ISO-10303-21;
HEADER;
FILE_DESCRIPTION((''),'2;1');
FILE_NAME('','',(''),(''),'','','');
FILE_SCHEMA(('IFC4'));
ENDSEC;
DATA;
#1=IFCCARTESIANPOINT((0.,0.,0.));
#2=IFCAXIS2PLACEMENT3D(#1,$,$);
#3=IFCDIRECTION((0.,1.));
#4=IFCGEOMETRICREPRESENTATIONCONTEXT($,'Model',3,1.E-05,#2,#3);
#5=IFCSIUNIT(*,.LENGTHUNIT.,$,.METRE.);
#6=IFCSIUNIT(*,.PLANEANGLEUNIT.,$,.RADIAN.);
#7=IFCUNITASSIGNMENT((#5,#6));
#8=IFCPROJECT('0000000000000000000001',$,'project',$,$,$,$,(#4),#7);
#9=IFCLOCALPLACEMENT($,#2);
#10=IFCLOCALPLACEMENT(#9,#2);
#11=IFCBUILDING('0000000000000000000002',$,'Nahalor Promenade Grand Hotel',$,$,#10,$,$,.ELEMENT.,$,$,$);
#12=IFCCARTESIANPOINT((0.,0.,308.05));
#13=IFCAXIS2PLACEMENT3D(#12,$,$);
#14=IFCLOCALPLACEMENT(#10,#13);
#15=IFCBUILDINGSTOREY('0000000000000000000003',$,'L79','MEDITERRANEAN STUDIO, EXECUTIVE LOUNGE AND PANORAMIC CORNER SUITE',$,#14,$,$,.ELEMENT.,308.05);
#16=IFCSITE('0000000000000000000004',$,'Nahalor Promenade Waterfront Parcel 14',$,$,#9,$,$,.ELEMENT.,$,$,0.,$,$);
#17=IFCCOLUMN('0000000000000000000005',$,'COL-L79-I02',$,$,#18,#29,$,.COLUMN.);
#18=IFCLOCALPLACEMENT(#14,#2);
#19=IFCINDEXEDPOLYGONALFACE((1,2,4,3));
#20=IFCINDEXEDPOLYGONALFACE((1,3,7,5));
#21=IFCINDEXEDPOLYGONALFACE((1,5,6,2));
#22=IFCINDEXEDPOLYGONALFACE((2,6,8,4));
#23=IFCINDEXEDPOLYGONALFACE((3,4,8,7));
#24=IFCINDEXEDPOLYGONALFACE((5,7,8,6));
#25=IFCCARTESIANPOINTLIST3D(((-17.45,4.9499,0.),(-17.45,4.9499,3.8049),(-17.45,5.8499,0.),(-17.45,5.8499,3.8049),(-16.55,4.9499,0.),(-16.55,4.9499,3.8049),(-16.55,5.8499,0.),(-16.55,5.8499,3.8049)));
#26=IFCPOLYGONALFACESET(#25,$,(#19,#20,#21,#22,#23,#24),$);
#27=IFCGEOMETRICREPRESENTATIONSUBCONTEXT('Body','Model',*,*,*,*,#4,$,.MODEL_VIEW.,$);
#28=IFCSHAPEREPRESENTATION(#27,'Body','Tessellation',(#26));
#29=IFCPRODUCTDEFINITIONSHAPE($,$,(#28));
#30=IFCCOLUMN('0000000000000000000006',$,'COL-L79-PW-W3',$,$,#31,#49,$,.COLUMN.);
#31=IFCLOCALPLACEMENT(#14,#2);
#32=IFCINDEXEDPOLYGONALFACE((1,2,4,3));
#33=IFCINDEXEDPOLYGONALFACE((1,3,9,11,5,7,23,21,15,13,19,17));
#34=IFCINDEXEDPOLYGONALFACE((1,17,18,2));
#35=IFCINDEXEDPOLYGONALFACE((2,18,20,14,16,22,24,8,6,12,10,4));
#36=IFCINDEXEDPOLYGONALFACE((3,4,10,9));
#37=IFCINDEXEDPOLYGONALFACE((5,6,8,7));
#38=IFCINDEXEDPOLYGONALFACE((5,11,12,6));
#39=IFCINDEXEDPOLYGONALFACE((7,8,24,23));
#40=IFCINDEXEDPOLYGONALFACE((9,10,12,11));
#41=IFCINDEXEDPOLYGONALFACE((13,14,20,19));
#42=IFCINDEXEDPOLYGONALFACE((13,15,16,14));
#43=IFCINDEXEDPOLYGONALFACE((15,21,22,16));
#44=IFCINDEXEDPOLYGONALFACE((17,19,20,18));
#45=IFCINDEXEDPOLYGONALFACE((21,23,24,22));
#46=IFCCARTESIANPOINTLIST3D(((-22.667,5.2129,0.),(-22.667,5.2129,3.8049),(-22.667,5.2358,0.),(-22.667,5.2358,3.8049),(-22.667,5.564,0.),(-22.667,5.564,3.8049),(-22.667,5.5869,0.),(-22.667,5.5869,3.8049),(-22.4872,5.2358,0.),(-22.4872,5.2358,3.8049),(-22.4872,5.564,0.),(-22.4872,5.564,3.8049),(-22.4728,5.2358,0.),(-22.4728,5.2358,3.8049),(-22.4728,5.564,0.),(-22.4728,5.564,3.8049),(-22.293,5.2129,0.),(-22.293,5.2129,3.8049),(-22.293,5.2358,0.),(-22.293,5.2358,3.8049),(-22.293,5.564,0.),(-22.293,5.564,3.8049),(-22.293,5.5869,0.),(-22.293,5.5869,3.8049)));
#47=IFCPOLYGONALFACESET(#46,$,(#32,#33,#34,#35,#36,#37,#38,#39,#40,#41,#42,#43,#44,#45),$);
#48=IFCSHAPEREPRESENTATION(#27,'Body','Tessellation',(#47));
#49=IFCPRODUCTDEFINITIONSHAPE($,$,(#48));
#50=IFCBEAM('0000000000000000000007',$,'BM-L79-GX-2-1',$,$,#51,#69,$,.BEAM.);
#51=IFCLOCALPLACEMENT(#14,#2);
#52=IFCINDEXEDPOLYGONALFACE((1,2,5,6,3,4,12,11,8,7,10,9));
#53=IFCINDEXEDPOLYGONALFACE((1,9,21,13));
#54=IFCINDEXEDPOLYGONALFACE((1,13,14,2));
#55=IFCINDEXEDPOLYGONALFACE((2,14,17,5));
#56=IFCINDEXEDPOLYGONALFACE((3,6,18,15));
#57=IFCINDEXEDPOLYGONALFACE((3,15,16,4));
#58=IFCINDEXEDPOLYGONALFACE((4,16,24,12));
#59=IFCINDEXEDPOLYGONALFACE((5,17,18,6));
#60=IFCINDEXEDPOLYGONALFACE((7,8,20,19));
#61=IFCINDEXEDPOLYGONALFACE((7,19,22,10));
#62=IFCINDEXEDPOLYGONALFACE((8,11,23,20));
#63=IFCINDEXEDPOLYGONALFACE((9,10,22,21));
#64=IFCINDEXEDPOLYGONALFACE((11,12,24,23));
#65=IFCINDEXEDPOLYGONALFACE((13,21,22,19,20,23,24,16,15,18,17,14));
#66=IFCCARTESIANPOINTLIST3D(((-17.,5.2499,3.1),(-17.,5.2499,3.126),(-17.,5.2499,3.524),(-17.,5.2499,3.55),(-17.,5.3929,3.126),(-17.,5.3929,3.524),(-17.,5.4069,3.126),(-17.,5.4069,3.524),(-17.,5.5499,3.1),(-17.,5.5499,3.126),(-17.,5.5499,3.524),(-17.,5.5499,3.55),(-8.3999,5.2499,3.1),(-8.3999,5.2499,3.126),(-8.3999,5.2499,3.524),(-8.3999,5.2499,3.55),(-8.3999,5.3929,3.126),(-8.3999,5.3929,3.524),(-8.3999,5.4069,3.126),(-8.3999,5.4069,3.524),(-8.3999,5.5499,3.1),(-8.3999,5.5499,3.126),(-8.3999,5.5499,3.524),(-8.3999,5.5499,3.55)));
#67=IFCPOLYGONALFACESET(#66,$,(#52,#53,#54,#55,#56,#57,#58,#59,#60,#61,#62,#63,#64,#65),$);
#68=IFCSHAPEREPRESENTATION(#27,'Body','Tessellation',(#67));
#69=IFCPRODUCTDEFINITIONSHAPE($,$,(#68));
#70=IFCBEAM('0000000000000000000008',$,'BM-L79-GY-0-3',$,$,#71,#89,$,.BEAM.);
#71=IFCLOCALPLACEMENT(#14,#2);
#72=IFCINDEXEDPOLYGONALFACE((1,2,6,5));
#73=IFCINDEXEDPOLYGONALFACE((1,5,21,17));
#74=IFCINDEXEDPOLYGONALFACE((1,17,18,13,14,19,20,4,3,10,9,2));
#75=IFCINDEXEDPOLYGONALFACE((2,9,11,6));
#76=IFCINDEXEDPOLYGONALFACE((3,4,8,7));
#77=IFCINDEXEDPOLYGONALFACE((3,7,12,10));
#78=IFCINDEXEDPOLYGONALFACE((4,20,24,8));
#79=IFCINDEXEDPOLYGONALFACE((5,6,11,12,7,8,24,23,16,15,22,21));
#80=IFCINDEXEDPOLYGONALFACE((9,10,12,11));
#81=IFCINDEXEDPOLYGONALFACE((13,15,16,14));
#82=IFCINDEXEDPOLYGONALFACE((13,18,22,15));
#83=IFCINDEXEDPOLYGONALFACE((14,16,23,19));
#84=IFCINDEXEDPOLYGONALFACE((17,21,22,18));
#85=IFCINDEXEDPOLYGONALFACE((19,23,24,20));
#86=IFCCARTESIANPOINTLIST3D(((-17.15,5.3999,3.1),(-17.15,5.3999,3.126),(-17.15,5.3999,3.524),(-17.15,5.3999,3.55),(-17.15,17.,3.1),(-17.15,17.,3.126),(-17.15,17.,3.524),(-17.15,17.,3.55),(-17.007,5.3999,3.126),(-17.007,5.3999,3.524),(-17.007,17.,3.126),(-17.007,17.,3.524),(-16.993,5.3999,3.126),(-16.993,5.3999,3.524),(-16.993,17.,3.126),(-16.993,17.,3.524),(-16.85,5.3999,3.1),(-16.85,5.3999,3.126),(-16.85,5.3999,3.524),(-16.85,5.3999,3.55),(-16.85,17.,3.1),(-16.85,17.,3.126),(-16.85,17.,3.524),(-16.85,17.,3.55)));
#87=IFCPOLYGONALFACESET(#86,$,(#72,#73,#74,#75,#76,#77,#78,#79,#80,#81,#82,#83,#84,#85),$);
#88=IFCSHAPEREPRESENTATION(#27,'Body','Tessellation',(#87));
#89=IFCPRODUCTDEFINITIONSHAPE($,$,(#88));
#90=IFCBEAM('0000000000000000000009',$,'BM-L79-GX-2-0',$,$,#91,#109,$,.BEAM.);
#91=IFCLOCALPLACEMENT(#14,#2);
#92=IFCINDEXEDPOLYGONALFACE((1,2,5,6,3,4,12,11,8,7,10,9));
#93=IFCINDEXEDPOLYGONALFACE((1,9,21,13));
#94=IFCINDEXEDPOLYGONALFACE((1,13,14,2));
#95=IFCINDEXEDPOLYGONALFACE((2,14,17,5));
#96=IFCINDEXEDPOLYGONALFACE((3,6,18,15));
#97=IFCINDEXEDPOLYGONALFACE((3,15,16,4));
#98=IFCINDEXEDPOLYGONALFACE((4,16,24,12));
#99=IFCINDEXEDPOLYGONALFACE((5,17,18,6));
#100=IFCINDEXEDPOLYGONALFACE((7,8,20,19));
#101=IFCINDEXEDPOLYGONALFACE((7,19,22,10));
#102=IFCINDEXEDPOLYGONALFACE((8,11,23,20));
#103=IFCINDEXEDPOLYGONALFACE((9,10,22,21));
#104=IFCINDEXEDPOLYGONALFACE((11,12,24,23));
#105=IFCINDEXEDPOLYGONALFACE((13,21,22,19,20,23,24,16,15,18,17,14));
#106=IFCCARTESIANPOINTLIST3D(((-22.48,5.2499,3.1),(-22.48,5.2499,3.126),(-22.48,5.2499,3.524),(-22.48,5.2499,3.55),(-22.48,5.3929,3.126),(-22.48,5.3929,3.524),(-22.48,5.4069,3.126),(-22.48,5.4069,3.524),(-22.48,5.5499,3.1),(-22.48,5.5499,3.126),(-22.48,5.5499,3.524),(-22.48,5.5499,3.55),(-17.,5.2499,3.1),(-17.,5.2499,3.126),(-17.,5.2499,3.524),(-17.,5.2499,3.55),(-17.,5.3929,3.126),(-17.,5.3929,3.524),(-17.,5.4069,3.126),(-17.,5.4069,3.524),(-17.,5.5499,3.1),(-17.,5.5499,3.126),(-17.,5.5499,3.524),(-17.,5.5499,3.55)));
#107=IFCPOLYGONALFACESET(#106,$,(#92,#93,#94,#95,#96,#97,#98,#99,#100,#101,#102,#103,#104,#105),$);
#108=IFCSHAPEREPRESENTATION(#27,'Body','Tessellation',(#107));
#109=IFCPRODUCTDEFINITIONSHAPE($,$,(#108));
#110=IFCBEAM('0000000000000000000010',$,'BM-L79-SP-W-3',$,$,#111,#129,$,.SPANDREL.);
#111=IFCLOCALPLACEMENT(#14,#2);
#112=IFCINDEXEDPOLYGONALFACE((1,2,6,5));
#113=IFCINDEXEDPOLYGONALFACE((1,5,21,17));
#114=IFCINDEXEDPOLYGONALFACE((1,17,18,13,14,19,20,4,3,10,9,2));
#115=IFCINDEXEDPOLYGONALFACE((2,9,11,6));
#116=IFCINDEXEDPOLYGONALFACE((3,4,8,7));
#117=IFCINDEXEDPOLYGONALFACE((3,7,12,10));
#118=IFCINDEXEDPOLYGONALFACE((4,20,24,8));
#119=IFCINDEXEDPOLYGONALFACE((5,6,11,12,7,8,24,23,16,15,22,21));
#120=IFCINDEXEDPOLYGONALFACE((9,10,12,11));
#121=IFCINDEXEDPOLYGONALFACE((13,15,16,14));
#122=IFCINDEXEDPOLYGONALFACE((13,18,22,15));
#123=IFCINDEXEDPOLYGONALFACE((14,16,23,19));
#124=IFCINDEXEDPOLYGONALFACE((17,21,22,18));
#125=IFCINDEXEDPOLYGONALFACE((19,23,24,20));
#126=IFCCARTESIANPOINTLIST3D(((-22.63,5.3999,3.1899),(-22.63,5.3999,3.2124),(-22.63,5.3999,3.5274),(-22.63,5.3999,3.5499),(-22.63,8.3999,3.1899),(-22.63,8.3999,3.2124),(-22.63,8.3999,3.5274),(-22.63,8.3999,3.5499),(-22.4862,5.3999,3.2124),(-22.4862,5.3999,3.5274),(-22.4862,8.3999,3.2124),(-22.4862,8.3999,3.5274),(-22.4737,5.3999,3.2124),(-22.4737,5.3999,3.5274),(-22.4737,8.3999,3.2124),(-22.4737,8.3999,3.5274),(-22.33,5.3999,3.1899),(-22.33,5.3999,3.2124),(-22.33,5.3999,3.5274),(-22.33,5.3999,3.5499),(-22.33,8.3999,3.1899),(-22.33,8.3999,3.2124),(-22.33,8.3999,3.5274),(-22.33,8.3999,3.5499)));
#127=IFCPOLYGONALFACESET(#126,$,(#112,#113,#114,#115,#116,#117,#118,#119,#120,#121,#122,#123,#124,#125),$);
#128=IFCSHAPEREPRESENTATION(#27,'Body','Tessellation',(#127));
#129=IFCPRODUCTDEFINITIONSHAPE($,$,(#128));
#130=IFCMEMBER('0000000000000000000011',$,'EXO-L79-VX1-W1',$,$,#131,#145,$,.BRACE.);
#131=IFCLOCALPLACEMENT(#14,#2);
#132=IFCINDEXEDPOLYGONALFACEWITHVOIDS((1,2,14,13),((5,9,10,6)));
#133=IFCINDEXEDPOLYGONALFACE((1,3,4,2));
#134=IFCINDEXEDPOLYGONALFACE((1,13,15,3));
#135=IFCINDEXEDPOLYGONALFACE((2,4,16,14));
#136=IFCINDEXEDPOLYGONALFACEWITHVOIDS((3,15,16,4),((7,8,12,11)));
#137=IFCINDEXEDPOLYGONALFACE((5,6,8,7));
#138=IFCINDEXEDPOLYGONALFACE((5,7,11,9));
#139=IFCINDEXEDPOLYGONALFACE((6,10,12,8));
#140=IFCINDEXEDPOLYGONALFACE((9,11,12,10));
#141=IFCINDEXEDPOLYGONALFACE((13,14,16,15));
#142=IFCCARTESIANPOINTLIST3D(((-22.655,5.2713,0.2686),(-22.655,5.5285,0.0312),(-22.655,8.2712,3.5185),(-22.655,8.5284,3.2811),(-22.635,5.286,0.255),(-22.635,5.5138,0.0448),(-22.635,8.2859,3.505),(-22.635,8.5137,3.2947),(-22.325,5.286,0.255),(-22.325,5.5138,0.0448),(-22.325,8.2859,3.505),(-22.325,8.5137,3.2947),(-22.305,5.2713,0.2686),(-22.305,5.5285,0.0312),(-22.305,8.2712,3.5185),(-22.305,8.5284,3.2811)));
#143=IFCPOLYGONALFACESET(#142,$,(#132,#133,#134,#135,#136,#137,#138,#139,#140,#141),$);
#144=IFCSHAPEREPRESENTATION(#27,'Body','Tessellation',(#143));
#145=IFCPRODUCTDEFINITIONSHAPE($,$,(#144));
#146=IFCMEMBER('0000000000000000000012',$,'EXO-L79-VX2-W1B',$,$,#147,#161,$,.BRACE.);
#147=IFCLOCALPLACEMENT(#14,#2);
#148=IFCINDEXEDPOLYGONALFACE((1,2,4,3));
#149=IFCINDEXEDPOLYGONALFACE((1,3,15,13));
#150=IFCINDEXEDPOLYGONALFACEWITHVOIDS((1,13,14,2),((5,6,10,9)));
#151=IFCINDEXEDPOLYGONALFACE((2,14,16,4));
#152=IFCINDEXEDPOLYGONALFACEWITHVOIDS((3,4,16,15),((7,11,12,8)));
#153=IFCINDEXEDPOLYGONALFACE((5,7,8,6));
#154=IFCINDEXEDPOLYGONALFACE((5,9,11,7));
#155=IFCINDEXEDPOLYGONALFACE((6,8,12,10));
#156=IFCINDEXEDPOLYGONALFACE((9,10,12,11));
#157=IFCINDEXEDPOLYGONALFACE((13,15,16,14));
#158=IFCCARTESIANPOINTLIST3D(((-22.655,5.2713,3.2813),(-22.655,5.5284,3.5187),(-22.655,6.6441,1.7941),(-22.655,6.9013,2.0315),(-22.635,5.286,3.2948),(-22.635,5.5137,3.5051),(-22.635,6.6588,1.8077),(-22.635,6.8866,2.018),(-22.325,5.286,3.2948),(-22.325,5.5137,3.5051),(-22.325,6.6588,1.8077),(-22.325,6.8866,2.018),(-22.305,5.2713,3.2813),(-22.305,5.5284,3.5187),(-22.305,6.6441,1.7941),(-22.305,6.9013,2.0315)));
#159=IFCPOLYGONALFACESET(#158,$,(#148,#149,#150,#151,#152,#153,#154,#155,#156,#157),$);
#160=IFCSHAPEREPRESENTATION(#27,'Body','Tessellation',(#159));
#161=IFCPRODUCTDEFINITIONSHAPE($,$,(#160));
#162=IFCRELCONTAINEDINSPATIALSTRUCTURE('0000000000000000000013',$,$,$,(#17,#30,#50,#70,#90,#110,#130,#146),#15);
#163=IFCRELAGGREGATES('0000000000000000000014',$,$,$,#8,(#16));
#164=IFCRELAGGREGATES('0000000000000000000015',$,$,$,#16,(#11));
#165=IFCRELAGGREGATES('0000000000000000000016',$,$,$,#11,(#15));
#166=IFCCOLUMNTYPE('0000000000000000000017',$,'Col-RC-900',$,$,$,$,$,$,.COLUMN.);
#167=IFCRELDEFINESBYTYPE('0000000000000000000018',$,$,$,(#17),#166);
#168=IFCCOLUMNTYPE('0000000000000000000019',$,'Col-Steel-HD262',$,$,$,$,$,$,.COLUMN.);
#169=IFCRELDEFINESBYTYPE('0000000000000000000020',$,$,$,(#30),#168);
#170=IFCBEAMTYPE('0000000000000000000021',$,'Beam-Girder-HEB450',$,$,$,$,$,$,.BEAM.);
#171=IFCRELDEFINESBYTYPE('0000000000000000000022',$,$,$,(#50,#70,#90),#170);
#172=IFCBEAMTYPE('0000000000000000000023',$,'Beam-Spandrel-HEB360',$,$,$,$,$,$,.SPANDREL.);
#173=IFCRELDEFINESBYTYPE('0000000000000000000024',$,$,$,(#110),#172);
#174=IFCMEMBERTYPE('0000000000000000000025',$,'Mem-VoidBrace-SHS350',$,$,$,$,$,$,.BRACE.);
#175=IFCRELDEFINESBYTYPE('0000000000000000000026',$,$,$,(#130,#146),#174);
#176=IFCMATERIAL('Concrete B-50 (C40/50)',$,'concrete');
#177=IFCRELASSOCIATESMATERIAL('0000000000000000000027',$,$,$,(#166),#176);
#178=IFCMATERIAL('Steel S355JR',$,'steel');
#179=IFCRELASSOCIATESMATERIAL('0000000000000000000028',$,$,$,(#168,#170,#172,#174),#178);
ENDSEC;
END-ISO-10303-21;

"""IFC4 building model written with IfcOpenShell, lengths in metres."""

from ifc_helpers import new_model, si_unit, direction, frame, origin, origin_2d, place, context, subcontext, project, spatial, rectangle, hollow_rectangle, i_section, extrude, source, transform, mapped, material, material_profile, profile_set, type_object, element, save


model = new_model("IFC4")

# Units and contexts
model_context = context("Model", 3, precision=1e-05, world=origin(), true_north=direction((0.0, 1.0)))
body_context = subcontext(model_context, "Body", "Model", "MODEL_VIEW")
ifc_project = project(units=[si_unit("LENGTHUNIT", "METRE"), si_unit("PLANEANGLEUNIT", "RADIAN")], contexts=[model_context])

# Site, building, storey
site_placement = place(None, origin())
site = spatial("IfcSite", under=ifc_project, at=site_placement, Name="Nahalor Promenade Waterfront Parcel 14", CompositionType="ELEMENT", RefElevation=0.0)
building_placement = place(site_placement, origin())
building = spatial("IfcBuilding", under=site, at=building_placement, Name="Nahalor Promenade Grand Hotel", CompositionType="ELEMENT")
storey_placement = place(building_placement, frame((0.0, 0.0, 308.05)))
storey = spatial("IfcBuildingStorey", under=building, at=storey_placement, Name="L79", Description="MEDITERRANEAN STUDIO, EXECUTIVE LOUNGE AND PANORAMIC CORNER SUITE", CompositionType="ELEMENT", Elevation=308.05)

# Columns
ifc_material_1 = material(Name="Concrete B-50 (C40/50)", Category="concrete")
ifc_material_profile_1 = material_profile(ifc_material_1, rectangle(XDim=0.9, YDim=0.9, at=origin_2d()), Name="RC 900x900")
ifc_profile_set_1 = profile_set([ifc_material_profile_1], Name="Concrete B-50 (C40/50)")
column_type_1 = type_object("IfcColumnType", Name="Col-RC-900", PredefinedType="COLUMN", material=ifc_profile_set_1)
shared_shape_1 = source(origin(), body_context, "Body", "SweptSolid", [
    extrude(rectangle(XDim=0.9, YDim=0.9, at=origin_2d()), origin(), (0.0, 0.0, 1.0), 3.8049),
])
column_1_placement = place(storey_placement, frame((-17.0, 5.3999, 0.0), z_axis=(0.0, 0.0, 1.0), x_axis=(1.0, 0.0, 0.0)))
element("IfcColumn", 1, at=column_1_placement, inside=storey, type_object=column_type_1, Name="COL-L79-I02", PredefinedType="COLUMN", context=body_context, shape_type="MappedRepresentation", body=[
    mapped(shared_shape_1, transform((0.0, 0.0, 0.0), scale=1.0)),
])
ifc_material_2 = material(Name="Steel S355JR", Category="steel")
ifc_material_profile_2 = material_profile(ifc_material_2, i_section(OverallWidth=0.374, OverallDepth=0.374, WebThickness=0.0144, FlangeThickness=0.0229, at=origin_2d()), Name="HD 360x262")
ifc_profile_set_2 = profile_set([ifc_material_profile_2], Name="Steel S355JR")
column_type_2 = type_object("IfcColumnType", Name="Col-Steel-HD262", PredefinedType="COLUMN", material=ifc_profile_set_2)
shared_shape_2 = source(origin(), body_context, "Body", "SweptSolid", [
    extrude(i_section(OverallWidth=0.374, OverallDepth=0.374, WebThickness=0.0144, FlangeThickness=0.0229, at=origin_2d()), origin(), (0.0, 0.0, 1.0), 3.8049),
])
column_2_placement = place(storey_placement, frame((-22.48, 5.3999, 0.0), z_axis=(0.0, 0.0, 1.0), x_axis=(1.0, 0.0, 0.0)))
element("IfcColumn", 2, at=column_2_placement, inside=storey, type_object=column_type_2, Name="COL-L79-PW-W3", PredefinedType="COLUMN", context=body_context, shape_type="MappedRepresentation", body=[
    mapped(shared_shape_2, transform((0.0, 0.0, 0.0), scale=1.0)),
])

# Beams
ifc_material_profile_3 = material_profile(ifc_material_2, i_section(OverallWidth=0.3, OverallDepth=0.45, WebThickness=0.014, FlangeThickness=0.026, at=origin_2d()), Name="HEB 450")
ifc_profile_set_3 = profile_set([ifc_material_profile_3], Name="Steel S355JR")
beam_type_1 = type_object("IfcBeamType", Name="Beam-Girder-HEB450", PredefinedType="BEAM", material=ifc_profile_set_3)
shared_shape_3 = source(origin(), body_context, "Body", "SweptSolid", [
    extrude(i_section(OverallWidth=0.3, OverallDepth=0.45, WebThickness=0.014, FlangeThickness=0.026, at=origin_2d()), origin(), (0.0, 0.0, 1.0), 8.6001),
])
beam_1_placement = place(storey_placement, frame((-17.0, 5.3999, 3.325), z_axis=(1.0, 0.0, 0.0), x_axis=(0.0, 1.0, 0.0)))
element("IfcBeam", 3, at=beam_1_placement, inside=storey, type_object=beam_type_1, Name="BM-L79-GX-2-1", PredefinedType="BEAM", context=body_context, shape_type="MappedRepresentation", body=[
    mapped(shared_shape_3, transform((0.0, 0.0, 0.0), scale=1.0)),
])
shared_shape_4 = source(origin(), body_context, "Body", "SweptSolid", [
    extrude(i_section(OverallWidth=0.3, OverallDepth=0.45, WebThickness=0.014, FlangeThickness=0.026, at=origin_2d()), origin(), (0.0, 0.0, 1.0), 11.6001),
])
beam_2_placement = place(storey_placement, frame((-17.0, 5.3999, 3.325), z_axis=(0.0, 1.0, 0.0), x_axis=(-1.0, 0.0, 0.0)))
element("IfcBeam", 4, at=beam_2_placement, inside=storey, type_object=beam_type_1, Name="BM-L79-GY-0-3", PredefinedType="BEAM", context=body_context, shape_type="MappedRepresentation", body=[
    mapped(shared_shape_4, transform((0.0, 0.0, 0.0), scale=1.0)),
])
shared_shape_5 = source(origin(), body_context, "Body", "SweptSolid", [
    extrude(i_section(OverallWidth=0.3, OverallDepth=0.45, WebThickness=0.014, FlangeThickness=0.026, at=origin_2d()), origin(), (0.0, 0.0, 1.0), 5.48),
])
beam_3_placement = place(storey_placement, frame((-22.48, 5.3999, 3.325), z_axis=(1.0, 0.0, 0.0), x_axis=(0.0, 1.0, 0.0)))
element("IfcBeam", 5, at=beam_3_placement, inside=storey, type_object=beam_type_1, Name="BM-L79-GX-2-0", PredefinedType="BEAM", context=body_context, shape_type="MappedRepresentation", body=[
    mapped(shared_shape_5, transform((0.0, 0.0, 0.0), scale=1.0)),
])
ifc_material_profile_4 = material_profile(ifc_material_2, i_section(OverallWidth=0.3, OverallDepth=0.36, WebThickness=0.0125, FlangeThickness=0.0225, at=origin_2d()), Name="HEB 360")
ifc_profile_set_4 = profile_set([ifc_material_profile_4], Name="Steel S355JR")
beam_type_2 = type_object("IfcBeamType", Name="Beam-Spandrel-HEB360", PredefinedType="SPANDREL", material=ifc_profile_set_4)
shared_shape_6 = source(origin(), body_context, "Body", "SweptSolid", [
    extrude(i_section(OverallWidth=0.3, OverallDepth=0.36, WebThickness=0.0125, FlangeThickness=0.0225, at=origin_2d()), origin(), (0.0, 0.0, 1.0), 3.0),
])
beam_4_placement = place(storey_placement, frame((-22.48, 5.3999, 3.3699), z_axis=(0.0, 1.0, 0.0), x_axis=(-1.0, 0.0, 0.0)))
element("IfcBeam", 6, at=beam_4_placement, inside=storey, type_object=beam_type_2, Name="BM-L79-SP-W-3", PredefinedType="SPANDREL", context=body_context, shape_type="MappedRepresentation", body=[
    mapped(shared_shape_6, transform((0.0, 0.0, 0.0), scale=1.0)),
])

# Members
ifc_material_profile_5 = material_profile(ifc_material_2, hollow_rectangle(XDim=0.35, YDim=0.35, WallThickness=0.02, at=origin_2d()), Name="SHS 350x350x20")
ifc_profile_set_5 = profile_set([ifc_material_profile_5], Name="Steel S355JR")
member_type_1 = type_object("IfcMemberType", Name="Mem-VoidBrace-SHS350", PredefinedType="BRACE", material=ifc_profile_set_5)
shared_shape_7 = source(origin(), body_context, "Body", "SweptSolid", [
    extrude(hollow_rectangle(XDim=0.35, YDim=0.35, WallThickness=0.02, at=origin_2d()), origin(), (0.0, 0.0, 1.0), 4.4229),
])
member_1_placement = place(storey_placement, frame((-22.48, 5.3999, 0.1499), z_axis=(0.0, 0.67828, 0.734803), x_axis=(-1.0, 0.0, 0.0)))
element("IfcMember", 7, at=member_1_placement, inside=storey, type_object=member_type_1, Name="EXO-L79-VX1-W1", PredefinedType="BRACE", context=body_context, shape_type="MappedRepresentation", body=[
    mapped(shared_shape_7, transform((0.0, 0.0, 0.0), scale=1.0)),
])
shared_shape_8 = source(origin(), body_context, "Body", "SweptSolid", [
    extrude(hollow_rectangle(XDim=0.35, YDim=0.35, WallThickness=0.02, at=origin_2d()), origin(), (0.0, 0.0, 1.0), 2.0239),
])
member_2_placement = place(storey_placement, frame((-22.48, 6.7727, 1.9128), z_axis=(0.0, -0.678315, 0.734771), x_axis=(1.0, 0.0, 0.0)))
element("IfcMember", 8, at=member_2_placement, inside=storey, type_object=member_type_1, Name="EXO-L79-VX2-W1B", PredefinedType="BRACE", context=body_context, shape_type="MappedRepresentation", body=[
    mapped(shared_shape_8, transform((0.0, 0.0, 0.0), scale=1.0)),
])

save(model, "model.ifc")
